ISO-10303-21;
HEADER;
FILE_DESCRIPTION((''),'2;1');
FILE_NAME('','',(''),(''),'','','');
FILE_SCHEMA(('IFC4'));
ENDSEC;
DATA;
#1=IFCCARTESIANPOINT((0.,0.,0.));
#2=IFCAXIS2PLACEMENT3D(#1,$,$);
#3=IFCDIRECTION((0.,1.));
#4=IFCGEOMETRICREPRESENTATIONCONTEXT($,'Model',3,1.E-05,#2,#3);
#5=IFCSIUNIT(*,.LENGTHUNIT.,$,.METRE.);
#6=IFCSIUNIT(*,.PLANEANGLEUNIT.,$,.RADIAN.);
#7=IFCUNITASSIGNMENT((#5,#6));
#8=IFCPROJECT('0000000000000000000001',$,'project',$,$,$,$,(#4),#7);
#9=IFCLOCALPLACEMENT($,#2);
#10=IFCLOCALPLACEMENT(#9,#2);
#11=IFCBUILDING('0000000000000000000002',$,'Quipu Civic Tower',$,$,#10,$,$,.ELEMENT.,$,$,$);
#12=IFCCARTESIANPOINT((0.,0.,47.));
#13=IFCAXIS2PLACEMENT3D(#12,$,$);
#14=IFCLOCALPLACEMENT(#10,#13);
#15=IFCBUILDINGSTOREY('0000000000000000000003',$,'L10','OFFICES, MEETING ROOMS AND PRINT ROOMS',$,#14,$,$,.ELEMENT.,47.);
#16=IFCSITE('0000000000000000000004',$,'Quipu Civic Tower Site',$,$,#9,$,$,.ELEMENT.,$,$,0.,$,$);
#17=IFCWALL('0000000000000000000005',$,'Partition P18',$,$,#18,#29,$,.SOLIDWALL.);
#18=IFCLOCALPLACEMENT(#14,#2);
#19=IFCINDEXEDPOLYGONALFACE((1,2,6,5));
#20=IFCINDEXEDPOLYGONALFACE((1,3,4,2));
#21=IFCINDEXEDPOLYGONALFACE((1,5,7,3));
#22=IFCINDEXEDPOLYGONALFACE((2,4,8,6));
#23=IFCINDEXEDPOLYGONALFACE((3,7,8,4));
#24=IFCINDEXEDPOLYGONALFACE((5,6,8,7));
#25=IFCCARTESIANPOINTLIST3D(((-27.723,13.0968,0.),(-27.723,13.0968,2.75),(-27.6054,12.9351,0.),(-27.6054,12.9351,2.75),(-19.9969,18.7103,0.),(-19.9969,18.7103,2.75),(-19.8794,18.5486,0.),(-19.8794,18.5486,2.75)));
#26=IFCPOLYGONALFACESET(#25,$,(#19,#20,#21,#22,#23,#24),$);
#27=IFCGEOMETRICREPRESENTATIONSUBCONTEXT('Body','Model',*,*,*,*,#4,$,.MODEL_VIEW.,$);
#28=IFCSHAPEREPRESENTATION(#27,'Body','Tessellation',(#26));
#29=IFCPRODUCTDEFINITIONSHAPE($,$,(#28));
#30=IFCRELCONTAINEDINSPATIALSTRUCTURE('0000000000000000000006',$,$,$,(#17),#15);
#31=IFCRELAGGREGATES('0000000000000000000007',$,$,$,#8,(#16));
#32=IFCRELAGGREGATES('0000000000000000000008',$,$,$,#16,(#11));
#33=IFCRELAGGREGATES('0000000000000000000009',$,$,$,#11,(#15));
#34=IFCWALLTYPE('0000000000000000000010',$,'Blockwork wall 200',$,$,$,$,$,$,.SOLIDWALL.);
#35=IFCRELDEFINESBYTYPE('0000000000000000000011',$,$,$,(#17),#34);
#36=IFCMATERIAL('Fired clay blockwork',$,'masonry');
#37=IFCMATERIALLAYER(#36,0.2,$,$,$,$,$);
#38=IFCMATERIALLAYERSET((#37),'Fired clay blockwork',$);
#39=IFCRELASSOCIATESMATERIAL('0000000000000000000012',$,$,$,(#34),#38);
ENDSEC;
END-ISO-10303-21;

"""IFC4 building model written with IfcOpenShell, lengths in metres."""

from ifc_helpers import new_model, si_unit, direction, frame, frame_2d, origin, place, context, subcontext, project, spatial, rectangle, extrude, material, layer, layer_set, type_object, element, save


model = new_model("IFC4")

# Units and contexts
model_context = context("Model", 3, precision=1e-05, world=origin(), true_north=direction((0.0, 1.0)))
body_context = subcontext(model_context, "Body", "Model", "MODEL_VIEW")
ifc_project = project(units=[si_unit("LENGTHUNIT", "METRE"), si_unit("PLANEANGLEUNIT", "RADIAN")], contexts=[model_context])

# Site, building, storey
site_placement = place(None, origin())
site = spatial("IfcSite", under=ifc_project, at=site_placement, Name="Quipu Civic Tower Site", CompositionType="ELEMENT", RefElevation=0.0)
building_placement = place(site_placement, origin())
building = spatial("IfcBuilding", under=site, at=building_placement, Name="Quipu Civic Tower", CompositionType="ELEMENT")
storey_placement = place(building_placement, frame((0.0, 0.0, 47.0)))
storey = spatial("IfcBuildingStorey", under=building, at=storey_placement, Name="L10", Description="OFFICES, MEETING ROOMS AND PRINT ROOMS", CompositionType="ELEMENT", Elevation=47.0)

# Wall
ifc_material_1 = material(Name="Fired clay blockwork", Category="masonry")
ifc_layer_1 = layer(ifc_material_1, 0.2)
ifc_layer_set_1 = layer_set([ifc_layer_1], Name="Fired clay blockwork")
wall_type = type_object("IfcWallType", Name="Blockwork wall 200", PredefinedType="SOLIDWALL", material=ifc_layer_set_1)
wall_placement = place(storey_placement, frame((-19.9382, 18.6294, 0.0), z_axis=(0.0, 0.0, 1.0), x_axis=(-0.809007, -0.587799, 0.0)))
element("IfcWall", 1, at=wall_placement, inside=storey, type_object=wall_type, Name="Partition P18", PredefinedType="SOLIDWALL", context=body_context, shape_type="SweptSolid", body=[
    extrude(rectangle(XDim=9.55, YDim=0.2, at=frame_2d((4.7749, 0.0))), origin(), (0.0, 0.0, 1.0), 2.75),
])

save(model, "model.ifc")
